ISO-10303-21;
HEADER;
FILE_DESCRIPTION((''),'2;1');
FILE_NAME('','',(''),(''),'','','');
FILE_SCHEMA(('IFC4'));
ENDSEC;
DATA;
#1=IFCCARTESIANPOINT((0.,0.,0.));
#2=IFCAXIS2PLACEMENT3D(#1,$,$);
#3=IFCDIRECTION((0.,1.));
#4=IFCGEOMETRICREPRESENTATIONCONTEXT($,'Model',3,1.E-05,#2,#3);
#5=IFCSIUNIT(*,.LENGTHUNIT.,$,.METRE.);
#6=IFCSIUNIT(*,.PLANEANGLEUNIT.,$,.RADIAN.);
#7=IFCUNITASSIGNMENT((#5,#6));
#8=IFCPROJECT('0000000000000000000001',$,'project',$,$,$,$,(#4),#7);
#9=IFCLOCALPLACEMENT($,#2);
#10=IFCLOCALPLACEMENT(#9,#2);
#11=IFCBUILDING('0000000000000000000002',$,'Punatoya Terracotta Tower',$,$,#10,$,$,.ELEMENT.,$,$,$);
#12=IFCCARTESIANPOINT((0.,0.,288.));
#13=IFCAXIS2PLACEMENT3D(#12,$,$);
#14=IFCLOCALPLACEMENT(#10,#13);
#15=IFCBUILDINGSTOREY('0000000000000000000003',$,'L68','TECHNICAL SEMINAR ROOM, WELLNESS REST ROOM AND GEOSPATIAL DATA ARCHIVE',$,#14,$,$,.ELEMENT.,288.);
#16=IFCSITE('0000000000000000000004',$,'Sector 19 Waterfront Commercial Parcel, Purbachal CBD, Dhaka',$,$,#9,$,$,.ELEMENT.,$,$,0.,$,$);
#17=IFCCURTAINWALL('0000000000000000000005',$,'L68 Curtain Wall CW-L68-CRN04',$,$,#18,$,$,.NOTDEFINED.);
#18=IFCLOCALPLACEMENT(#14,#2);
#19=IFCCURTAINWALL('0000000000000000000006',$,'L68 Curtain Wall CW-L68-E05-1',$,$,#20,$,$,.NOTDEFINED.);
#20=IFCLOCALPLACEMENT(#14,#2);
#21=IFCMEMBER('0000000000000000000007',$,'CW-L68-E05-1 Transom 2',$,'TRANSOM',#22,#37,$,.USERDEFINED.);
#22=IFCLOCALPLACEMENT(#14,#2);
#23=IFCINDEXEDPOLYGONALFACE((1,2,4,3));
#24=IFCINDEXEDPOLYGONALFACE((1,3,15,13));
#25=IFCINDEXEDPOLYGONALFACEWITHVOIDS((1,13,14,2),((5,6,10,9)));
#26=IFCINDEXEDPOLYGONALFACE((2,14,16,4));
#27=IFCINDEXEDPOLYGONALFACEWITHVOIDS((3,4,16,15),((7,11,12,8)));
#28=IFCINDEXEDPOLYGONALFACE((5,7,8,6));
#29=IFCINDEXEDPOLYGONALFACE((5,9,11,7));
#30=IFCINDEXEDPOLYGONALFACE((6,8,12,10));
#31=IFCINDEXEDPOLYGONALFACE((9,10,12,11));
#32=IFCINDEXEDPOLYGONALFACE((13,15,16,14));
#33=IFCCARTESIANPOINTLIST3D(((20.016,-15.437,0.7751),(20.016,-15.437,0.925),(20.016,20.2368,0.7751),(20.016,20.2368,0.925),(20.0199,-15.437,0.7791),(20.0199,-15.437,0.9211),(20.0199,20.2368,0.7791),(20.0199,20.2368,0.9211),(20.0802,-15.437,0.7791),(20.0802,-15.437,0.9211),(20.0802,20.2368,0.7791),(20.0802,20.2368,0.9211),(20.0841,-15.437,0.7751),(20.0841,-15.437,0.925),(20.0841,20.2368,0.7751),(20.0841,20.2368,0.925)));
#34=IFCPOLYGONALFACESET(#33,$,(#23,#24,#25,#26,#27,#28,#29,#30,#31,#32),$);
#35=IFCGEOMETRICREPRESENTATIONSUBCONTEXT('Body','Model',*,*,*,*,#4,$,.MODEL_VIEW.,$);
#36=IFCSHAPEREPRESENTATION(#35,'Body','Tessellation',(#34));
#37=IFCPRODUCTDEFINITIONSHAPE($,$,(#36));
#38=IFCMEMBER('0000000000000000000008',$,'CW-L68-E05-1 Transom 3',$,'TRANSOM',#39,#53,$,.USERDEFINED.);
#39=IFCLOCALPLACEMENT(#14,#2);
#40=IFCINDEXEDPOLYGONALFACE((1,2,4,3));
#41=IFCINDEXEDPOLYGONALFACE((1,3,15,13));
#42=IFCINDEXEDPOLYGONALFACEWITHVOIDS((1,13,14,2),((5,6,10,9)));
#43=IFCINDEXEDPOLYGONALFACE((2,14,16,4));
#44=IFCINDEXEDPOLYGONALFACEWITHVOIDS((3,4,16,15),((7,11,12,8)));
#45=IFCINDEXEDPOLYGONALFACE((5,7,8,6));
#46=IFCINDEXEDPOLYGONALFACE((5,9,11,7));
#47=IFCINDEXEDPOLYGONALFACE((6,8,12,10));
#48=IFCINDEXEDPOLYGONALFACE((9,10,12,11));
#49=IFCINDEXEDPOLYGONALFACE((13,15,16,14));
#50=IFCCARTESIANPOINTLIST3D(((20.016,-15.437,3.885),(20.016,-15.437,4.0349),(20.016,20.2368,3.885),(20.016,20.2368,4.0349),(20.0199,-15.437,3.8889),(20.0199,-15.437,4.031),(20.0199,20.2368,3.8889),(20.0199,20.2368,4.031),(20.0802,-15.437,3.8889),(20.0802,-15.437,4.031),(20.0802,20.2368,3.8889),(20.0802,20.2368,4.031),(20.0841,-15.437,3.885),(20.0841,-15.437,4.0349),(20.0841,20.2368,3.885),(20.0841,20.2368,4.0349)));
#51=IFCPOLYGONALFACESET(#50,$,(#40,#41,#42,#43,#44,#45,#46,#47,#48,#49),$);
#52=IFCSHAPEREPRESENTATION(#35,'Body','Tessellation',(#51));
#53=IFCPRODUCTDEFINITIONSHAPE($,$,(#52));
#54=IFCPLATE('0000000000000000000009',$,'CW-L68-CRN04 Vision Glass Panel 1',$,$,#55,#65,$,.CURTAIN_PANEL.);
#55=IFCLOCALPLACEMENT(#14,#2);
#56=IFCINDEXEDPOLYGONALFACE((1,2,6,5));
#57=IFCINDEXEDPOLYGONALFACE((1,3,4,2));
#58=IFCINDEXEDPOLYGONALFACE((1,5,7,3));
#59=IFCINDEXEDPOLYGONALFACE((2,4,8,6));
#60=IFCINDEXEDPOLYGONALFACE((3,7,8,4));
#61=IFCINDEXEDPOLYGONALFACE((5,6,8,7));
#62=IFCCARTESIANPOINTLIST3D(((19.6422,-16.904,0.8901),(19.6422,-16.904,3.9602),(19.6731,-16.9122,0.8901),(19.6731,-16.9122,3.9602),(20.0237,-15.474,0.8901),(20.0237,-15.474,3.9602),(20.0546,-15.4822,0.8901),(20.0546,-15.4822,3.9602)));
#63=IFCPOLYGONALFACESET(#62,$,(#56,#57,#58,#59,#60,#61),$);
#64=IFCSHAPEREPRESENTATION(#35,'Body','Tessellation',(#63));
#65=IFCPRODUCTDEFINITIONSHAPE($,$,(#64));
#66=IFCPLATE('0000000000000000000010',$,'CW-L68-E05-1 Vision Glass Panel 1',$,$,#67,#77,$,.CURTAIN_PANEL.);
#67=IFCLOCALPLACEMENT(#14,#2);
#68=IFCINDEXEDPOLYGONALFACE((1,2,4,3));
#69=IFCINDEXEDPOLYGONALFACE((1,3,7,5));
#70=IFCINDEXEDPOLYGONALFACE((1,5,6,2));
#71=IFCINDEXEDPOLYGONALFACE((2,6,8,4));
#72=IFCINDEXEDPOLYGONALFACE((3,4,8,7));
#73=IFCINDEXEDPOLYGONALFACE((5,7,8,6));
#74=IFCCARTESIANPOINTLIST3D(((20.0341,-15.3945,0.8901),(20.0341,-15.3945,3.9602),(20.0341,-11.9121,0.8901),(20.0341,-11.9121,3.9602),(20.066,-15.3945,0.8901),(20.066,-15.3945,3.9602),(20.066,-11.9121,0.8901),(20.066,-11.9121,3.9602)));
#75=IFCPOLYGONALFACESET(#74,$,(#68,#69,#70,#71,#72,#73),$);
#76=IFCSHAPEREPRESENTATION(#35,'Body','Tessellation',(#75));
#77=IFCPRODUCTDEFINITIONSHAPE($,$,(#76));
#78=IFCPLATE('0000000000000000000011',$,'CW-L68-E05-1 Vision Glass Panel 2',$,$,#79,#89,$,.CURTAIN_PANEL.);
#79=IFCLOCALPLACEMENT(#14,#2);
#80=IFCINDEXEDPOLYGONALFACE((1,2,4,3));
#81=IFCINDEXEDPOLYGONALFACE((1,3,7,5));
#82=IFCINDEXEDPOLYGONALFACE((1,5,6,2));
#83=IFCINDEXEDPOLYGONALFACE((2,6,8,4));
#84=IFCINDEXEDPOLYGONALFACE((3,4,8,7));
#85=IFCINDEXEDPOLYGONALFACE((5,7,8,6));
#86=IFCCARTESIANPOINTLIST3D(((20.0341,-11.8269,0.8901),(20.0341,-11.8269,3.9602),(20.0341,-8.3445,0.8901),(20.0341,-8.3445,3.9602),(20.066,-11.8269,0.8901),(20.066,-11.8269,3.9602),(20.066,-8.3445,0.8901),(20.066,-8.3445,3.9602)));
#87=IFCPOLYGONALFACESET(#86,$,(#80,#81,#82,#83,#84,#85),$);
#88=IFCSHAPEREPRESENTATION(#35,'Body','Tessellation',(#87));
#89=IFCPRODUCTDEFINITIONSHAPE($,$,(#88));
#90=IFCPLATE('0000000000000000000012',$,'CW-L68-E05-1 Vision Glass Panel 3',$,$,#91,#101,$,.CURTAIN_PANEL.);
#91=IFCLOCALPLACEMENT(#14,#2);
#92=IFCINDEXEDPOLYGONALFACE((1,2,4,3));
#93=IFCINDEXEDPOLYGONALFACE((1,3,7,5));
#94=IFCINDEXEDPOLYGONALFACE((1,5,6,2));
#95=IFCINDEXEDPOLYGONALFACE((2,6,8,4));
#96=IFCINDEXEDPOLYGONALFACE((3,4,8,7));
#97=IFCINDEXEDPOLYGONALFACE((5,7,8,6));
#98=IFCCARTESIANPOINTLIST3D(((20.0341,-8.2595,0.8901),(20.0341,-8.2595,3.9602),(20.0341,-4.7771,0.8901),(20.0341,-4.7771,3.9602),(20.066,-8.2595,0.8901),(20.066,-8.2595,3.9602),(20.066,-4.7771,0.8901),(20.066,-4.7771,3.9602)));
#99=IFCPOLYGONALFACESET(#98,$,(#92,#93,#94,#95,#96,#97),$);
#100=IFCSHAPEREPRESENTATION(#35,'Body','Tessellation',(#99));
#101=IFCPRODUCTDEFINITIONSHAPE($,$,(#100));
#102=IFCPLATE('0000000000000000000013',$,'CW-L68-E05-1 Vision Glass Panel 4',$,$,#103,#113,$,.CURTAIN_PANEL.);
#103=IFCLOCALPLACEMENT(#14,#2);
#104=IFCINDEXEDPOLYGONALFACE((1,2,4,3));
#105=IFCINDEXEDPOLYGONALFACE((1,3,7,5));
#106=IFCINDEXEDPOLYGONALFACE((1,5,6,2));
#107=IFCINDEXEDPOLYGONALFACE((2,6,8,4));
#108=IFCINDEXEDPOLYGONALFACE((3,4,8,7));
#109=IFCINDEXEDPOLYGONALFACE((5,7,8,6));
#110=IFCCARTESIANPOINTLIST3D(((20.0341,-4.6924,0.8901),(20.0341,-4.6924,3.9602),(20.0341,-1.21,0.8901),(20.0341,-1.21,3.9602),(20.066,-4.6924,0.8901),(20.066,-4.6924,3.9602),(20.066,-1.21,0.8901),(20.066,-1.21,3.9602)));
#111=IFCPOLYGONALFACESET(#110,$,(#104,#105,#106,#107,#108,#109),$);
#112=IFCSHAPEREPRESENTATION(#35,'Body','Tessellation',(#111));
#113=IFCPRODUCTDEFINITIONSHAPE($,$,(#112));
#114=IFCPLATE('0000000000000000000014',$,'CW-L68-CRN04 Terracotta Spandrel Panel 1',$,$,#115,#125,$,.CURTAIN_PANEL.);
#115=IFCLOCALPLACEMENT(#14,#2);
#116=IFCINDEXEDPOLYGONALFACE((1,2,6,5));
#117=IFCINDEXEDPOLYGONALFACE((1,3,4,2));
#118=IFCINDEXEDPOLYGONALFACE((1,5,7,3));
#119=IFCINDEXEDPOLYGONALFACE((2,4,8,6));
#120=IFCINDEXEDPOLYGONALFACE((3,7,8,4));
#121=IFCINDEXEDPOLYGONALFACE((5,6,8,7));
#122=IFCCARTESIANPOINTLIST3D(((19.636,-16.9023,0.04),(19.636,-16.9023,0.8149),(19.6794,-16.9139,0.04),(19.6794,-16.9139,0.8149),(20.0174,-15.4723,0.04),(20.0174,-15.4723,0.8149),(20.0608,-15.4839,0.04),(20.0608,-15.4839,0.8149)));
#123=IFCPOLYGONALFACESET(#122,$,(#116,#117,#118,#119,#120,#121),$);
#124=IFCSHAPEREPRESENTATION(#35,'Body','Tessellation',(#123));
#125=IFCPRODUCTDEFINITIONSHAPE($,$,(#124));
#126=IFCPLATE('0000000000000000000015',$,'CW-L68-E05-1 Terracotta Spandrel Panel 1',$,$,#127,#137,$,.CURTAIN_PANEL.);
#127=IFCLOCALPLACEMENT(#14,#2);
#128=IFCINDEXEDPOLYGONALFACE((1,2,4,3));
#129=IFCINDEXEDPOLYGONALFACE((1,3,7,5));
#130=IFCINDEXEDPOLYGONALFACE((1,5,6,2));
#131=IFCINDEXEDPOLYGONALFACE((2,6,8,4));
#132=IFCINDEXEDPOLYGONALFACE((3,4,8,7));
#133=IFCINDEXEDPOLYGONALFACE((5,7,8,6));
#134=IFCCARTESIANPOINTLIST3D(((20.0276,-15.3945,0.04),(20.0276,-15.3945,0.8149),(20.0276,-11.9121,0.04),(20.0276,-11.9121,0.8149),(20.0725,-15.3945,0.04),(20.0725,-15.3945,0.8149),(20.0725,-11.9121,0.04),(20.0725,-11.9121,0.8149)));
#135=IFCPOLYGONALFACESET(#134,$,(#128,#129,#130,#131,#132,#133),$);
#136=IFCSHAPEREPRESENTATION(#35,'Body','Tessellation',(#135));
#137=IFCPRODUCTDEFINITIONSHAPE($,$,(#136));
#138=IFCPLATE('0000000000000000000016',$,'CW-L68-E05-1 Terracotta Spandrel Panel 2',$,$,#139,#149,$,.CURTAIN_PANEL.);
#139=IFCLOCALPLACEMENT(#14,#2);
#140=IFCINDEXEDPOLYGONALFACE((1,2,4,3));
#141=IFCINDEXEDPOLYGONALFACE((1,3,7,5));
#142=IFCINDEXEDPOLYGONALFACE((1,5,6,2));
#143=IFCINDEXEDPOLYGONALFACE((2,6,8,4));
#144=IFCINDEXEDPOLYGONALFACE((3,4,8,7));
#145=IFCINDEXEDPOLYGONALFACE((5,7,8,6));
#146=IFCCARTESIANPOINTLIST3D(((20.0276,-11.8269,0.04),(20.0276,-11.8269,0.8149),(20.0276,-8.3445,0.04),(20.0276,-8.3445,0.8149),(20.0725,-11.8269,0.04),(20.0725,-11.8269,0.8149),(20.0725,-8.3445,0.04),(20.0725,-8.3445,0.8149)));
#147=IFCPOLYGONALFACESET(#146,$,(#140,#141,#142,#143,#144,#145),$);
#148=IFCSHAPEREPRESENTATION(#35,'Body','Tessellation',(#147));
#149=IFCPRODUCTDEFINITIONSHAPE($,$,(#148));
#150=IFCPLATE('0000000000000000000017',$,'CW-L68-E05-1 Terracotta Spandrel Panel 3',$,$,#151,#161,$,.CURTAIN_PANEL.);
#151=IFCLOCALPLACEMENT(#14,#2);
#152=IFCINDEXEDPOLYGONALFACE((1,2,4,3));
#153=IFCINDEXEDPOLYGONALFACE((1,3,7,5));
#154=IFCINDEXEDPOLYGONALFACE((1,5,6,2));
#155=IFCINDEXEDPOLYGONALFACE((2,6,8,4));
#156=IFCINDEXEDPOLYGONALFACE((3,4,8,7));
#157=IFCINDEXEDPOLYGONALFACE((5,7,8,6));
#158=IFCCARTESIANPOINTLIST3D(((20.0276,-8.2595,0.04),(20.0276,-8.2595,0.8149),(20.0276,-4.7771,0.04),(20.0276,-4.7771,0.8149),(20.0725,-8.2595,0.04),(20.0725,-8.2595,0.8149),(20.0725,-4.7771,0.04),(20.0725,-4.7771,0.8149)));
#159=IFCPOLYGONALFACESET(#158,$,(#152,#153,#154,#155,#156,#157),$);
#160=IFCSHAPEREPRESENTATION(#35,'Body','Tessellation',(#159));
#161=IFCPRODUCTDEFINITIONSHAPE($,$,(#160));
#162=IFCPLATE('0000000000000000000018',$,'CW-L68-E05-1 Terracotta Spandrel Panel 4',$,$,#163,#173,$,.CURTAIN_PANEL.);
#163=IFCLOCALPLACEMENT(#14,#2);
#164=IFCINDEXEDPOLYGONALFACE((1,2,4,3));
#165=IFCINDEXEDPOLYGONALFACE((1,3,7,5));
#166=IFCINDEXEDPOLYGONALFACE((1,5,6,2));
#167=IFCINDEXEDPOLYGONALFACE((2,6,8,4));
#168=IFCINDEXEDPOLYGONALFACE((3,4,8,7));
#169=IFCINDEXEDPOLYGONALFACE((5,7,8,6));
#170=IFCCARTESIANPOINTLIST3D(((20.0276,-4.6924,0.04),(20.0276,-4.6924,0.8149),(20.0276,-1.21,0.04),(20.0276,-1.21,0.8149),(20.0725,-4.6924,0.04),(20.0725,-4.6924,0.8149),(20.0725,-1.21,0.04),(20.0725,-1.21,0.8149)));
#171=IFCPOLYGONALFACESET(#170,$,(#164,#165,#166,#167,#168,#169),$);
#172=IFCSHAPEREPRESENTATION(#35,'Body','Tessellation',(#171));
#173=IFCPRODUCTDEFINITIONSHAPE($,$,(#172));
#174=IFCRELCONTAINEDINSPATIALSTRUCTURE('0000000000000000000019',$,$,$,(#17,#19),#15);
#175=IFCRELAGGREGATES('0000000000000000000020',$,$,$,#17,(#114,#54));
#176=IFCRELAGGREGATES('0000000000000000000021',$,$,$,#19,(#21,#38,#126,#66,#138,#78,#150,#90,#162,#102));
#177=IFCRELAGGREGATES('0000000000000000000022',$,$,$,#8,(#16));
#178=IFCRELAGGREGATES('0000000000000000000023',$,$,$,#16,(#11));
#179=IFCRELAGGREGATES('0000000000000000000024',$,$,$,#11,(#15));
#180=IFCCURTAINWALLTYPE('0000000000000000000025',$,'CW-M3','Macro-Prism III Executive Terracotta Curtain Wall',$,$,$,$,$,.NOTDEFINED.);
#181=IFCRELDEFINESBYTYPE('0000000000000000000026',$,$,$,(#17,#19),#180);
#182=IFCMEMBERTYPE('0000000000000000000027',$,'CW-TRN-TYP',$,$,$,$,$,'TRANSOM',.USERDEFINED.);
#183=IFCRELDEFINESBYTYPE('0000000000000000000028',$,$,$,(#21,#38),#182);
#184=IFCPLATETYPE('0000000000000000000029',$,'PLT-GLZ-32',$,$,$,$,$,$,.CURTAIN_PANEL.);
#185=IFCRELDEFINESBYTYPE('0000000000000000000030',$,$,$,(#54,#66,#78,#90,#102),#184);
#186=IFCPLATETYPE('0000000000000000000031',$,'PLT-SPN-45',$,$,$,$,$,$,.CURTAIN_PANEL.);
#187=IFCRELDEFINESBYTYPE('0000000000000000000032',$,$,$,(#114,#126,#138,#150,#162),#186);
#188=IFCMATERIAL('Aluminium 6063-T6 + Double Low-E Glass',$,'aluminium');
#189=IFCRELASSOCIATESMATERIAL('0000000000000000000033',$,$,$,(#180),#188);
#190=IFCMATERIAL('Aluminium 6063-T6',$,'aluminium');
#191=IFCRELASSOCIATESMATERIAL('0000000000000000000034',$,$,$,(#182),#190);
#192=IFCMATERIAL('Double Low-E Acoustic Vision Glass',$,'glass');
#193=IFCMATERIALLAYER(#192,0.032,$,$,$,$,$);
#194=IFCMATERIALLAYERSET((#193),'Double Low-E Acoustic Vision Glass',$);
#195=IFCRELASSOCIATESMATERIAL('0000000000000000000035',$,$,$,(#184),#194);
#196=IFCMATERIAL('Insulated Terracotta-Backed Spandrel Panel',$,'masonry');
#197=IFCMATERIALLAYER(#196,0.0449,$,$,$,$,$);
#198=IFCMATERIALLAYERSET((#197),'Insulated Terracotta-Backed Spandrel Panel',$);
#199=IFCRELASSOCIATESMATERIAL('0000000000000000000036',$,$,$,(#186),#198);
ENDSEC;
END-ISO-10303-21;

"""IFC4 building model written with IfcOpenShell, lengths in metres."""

from ifc_helpers import new_model, si_unit, direction, frame, origin, origin_2d, place, context, subcontext, project, spatial, rectangle, hollow_rectangle, extrude, material, layer, layer_set, material_profile, profile_set, type_object, element, aggregate, save


model = new_model("IFC4")

# Units and contexts
model_context = context("Model", 3, precision=1e-05, world=origin(), true_north=direction((0.0, 1.0)))
body_context = subcontext(model_context, "Body", "Model", "MODEL_VIEW")
ifc_project = project(units=[si_unit("LENGTHUNIT", "METRE"), si_unit("PLANEANGLEUNIT", "RADIAN")], contexts=[model_context])

# Site, building, storey
site_placement = place(None, origin())
site = spatial("IfcSite", under=ifc_project, at=site_placement, Name="Sector 19 Waterfront Commercial Parcel, Purbachal CBD, Dhaka", CompositionType="ELEMENT", RefElevation=0.0)
building_placement = place(site_placement, origin())
building = spatial("IfcBuilding", under=site, at=building_placement, Name="Punatoya Terracotta Tower", CompositionType="ELEMENT")
storey_placement = place(building_placement, frame((0.0, 0.0, 288.0)))
storey = spatial("IfcBuildingStorey", under=building, at=storey_placement, Name="L68", Description="TECHNICAL SEMINAR ROOM, WELLNESS REST ROOM AND GEOSPATIAL DATA ARCHIVE", CompositionType="ELEMENT", Elevation=288.0)

# Curtain wall
ifc_material_1 = material(Name="Aluminium 6063-T6 + Double Low-E Glass", Category="aluminium")
curtain_wall_type = type_object("IfcCurtainWallType", Name="CW-M3", Description="Macro-Prism III Executive Terracotta Curtain Wall", PredefinedType="NOTDEFINED", material=ifc_material_1)
curtain_wall_1_placement = place(storey_placement, origin())
curtain_wall_1 = element("IfcCurtainWall", 1, at=curtain_wall_1_placement, inside=storey, type_object=curtain_wall_type, Name="L68 Curtain Wall CW-L68-CRN04", PredefinedType="NOTDEFINED")
ifc_material_2 = material(Name="Aluminium 6063-T6", Category="aluminium")

# Curtain wall, members
curtain_wall_2_placement = place(storey_placement, origin())
curtain_wall_2 = element("IfcCurtainWall", 2, at=curtain_wall_2_placement, inside=storey, type_object=curtain_wall_type, Name="L68 Curtain Wall CW-L68-E05-1", PredefinedType="NOTDEFINED")
ifc_material_profile_1 = material_profile(ifc_material_2, hollow_rectangle(XDim=0.0681, YDim=0.1499, WallThickness=0.0039, at=origin_2d()))
ifc_profile_set_1 = profile_set([ifc_material_profile_1], Name="Aluminium 6063-T6")
member_type_1 = type_object("IfcMemberType", Name="CW-TRN-TYP", ElementType="TRANSOM", PredefinedType="USERDEFINED", material=ifc_profile_set_1)
member_1_placement = place(storey_placement, frame((20.05, -15.437, 0.8501), z_axis=(0.0, 1.0, 0.0), x_axis=(-1.0, 0.0, 0.0)))
member_1 = element("IfcMember", 3, at=member_1_placement, type_object=member_type_1, Name="CW-L68-E05-1 Transom 2", ObjectType="TRANSOM", PredefinedType="USERDEFINED", context=body_context, shape_type="SweptSolid", body=[
    extrude(hollow_rectangle(XDim=0.0681, YDim=0.1499, WallThickness=0.0039, at=origin_2d()), origin(), (0.0, 0.0, 1.0), 35.6738),
])
member_2_placement = place(storey_placement, frame((20.05, -15.437, 3.96), z_axis=(0.0, 1.0, 0.0), x_axis=(-1.0, 0.0, 0.0)))
member_2 = element("IfcMember", 4, at=member_2_placement, type_object=member_type_1, Name="CW-L68-E05-1 Transom 3", ObjectType="TRANSOM", PredefinedType="USERDEFINED", context=body_context, shape_type="SweptSolid", body=[
    extrude(hollow_rectangle(XDim=0.0681, YDim=0.1499, WallThickness=0.0039, at=origin_2d()), origin(), (0.0, 0.0, 1.0), 35.6738),
])

# Plates
ifc_material_3 = material(Name="Double Low-E Acoustic Vision Glass", Category="glass")
ifc_layer_1 = layer(ifc_material_3, 0.032)
ifc_layer_set_1 = layer_set([ifc_layer_1], Name="Double Low-E Acoustic Vision Glass")
plate_type_1 = type_object("IfcPlateType", Name="PLT-GLZ-32", PredefinedType="CURTAIN_PANEL", material=ifc_layer_set_1)
plate_1_placement = place(storey_placement, frame((19.8484, -16.1931, 0.8901), z_axis=(0.0, 0.0, 1.0), x_axis=(0.257742, 0.966214, 0.0)))
plate_1 = element("IfcPlate", 5, at=plate_1_placement, type_object=plate_type_1, Name="CW-L68-CRN04 Vision Glass Panel 1", PredefinedType="CURTAIN_PANEL", context=body_context, shape_type="SweptSolid", body=[
    extrude(rectangle(XDim=1.48, YDim=0.032, at=origin_2d()), origin(), (0.0, 0.0, 1.0), 3.0701),
])
plate_2_placement = place(storey_placement, frame((20.05, -13.6533, 0.8901), z_axis=(0.0, 0.0, 1.0), x_axis=(0.0, 1.0, 0.0)))
plate_2 = element("IfcPlate", 6, at=plate_2_placement, type_object=plate_type_1, Name="CW-L68-E05-1 Vision Glass Panel 1", PredefinedType="CURTAIN_PANEL", context=body_context, shape_type="SweptSolid", body=[
    extrude(rectangle(XDim=3.4824, YDim=0.032, at=origin_2d()), origin(), (0.0, 0.0, 1.0), 3.0701),
])
plate_3_placement = place(storey_placement, frame((20.05, -10.0857, 0.8901), z_axis=(0.0, 0.0, 1.0), x_axis=(0.0, 1.0, 0.0)))
plate_3 = element("IfcPlate", 7, at=plate_3_placement, type_object=plate_type_1, Name="CW-L68-E05-1 Vision Glass Panel 2", PredefinedType="CURTAIN_PANEL", context=body_context, shape_type="SweptSolid", body=[
    extrude(rectangle(XDim=3.4824, YDim=0.032, at=origin_2d()), origin(), (0.0, 0.0, 1.0), 3.0701),
])
plate_4_placement = place(storey_placement, frame((20.05, -6.5183, 0.8901), z_axis=(0.0, 0.0, 1.0), x_axis=(0.0, 1.0, 0.0)))
plate_4 = element("IfcPlate", 8, at=plate_4_placement, type_object=plate_type_1, Name="CW-L68-E05-1 Vision Glass Panel 3", PredefinedType="CURTAIN_PANEL", context=body_context, shape_type="SweptSolid", body=[
    extrude(rectangle(XDim=3.4824, YDim=0.032, at=origin_2d()), origin(), (0.0, 0.0, 1.0), 3.0701),
])
plate_5_placement = place(storey_placement, frame((20.05, -2.9512, 0.8901), z_axis=(0.0, 0.0, 1.0), x_axis=(0.0, 1.0, 0.0)))
plate_5 = element("IfcPlate", 9, at=plate_5_placement, type_object=plate_type_1, Name="CW-L68-E05-1 Vision Glass Panel 4", PredefinedType="CURTAIN_PANEL", context=body_context, shape_type="SweptSolid", body=[
    extrude(rectangle(XDim=3.4824, YDim=0.032, at=origin_2d()), origin(), (0.0, 0.0, 1.0), 3.0701),
])
ifc_material_4 = material(Name="Insulated Terracotta-Backed Spandrel Panel", Category="masonry")
ifc_layer_2 = layer(ifc_material_4, 0.0449)
ifc_layer_set_2 = layer_set([ifc_layer_2], Name="Insulated Terracotta-Backed Spandrel Panel")
plate_type_2 = type_object("IfcPlateType", Name="PLT-SPN-45", PredefinedType="CURTAIN_PANEL", material=ifc_layer_set_2)
plate_6_placement = place(storey_placement, frame((19.8484, -16.1931, 0.04), z_axis=(0.0, 0.0, 1.0), x_axis=(0.257742, 0.966214, 0.0)))
plate_6 = element("IfcPlate", 10, at=plate_6_placement, type_object=plate_type_2, Name="CW-L68-CRN04 Terracotta Spandrel Panel 1", PredefinedType="CURTAIN_PANEL", context=body_context, shape_type="SweptSolid", body=[
    extrude(rectangle(XDim=1.48, YDim=0.0449, at=origin_2d()), origin(), (0.0, 0.0, 1.0), 0.7749),
])
aggregate(curtain_wall_1, [plate_6, plate_1])
plate_7_placement = place(storey_placement, frame((20.05, -13.6533, 0.04), z_axis=(0.0, 0.0, 1.0), x_axis=(0.0, 1.0, 0.0)))
plate_7 = element("IfcPlate", 11, at=plate_7_placement, type_object=plate_type_2, Name="CW-L68-E05-1 Terracotta Spandrel Panel 1", PredefinedType="CURTAIN_PANEL", context=body_context, shape_type="SweptSolid", body=[
    extrude(rectangle(XDim=3.4824, YDim=0.0449, at=origin_2d()), origin(), (0.0, 0.0, 1.0), 0.7749),
])
plate_8_placement = place(storey_placement, frame((20.05, -10.0857, 0.04), z_axis=(0.0, 0.0, 1.0), x_axis=(0.0, 1.0, 0.0)))
plate_8 = element("IfcPlate", 12, at=plate_8_placement, type_object=plate_type_2, Name="CW-L68-E05-1 Terracotta Spandrel Panel 2", PredefinedType="CURTAIN_PANEL", context=body_context, shape_type="SweptSolid", body=[
    extrude(rectangle(XDim=3.4824, YDim=0.0449, at=origin_2d()), origin(), (0.0, 0.0, 1.0), 0.7749),
])
plate_9_placement = place(storey_placement, frame((20.05, -6.5183, 0.04), z_axis=(0.0, 0.0, 1.0), x_axis=(0.0, 1.0, 0.0)))
plate_9 = element("IfcPlate", 13, at=plate_9_placement, type_object=plate_type_2, Name="CW-L68-E05-1 Terracotta Spandrel Panel 3", PredefinedType="CURTAIN_PANEL", context=body_context, shape_type="SweptSolid", body=[
    extrude(rectangle(XDim=3.4824, YDim=0.0449, at=origin_2d()), origin(), (0.0, 0.0, 1.0), 0.7749),
])
plate_10_placement = place(storey_placement, frame((20.05, -2.9512, 0.04), z_axis=(0.0, 0.0, 1.0), x_axis=(0.0, 1.0, 0.0)))
plate_10 = element("IfcPlate", 14, at=plate_10_placement, type_object=plate_type_2, Name="CW-L68-E05-1 Terracotta Spandrel Panel 4", PredefinedType="CURTAIN_PANEL", context=body_context, shape_type="SweptSolid", body=[
    extrude(rectangle(XDim=3.4824, YDim=0.0449, at=origin_2d()), origin(), (0.0, 0.0, 1.0), 0.7749),
])
aggregate(curtain_wall_2, [member_1, member_2, plate_7, plate_2, plate_8, plate_3, plate_9, plate_4, plate_10, plate_5])

save(model, "model.ifc")
